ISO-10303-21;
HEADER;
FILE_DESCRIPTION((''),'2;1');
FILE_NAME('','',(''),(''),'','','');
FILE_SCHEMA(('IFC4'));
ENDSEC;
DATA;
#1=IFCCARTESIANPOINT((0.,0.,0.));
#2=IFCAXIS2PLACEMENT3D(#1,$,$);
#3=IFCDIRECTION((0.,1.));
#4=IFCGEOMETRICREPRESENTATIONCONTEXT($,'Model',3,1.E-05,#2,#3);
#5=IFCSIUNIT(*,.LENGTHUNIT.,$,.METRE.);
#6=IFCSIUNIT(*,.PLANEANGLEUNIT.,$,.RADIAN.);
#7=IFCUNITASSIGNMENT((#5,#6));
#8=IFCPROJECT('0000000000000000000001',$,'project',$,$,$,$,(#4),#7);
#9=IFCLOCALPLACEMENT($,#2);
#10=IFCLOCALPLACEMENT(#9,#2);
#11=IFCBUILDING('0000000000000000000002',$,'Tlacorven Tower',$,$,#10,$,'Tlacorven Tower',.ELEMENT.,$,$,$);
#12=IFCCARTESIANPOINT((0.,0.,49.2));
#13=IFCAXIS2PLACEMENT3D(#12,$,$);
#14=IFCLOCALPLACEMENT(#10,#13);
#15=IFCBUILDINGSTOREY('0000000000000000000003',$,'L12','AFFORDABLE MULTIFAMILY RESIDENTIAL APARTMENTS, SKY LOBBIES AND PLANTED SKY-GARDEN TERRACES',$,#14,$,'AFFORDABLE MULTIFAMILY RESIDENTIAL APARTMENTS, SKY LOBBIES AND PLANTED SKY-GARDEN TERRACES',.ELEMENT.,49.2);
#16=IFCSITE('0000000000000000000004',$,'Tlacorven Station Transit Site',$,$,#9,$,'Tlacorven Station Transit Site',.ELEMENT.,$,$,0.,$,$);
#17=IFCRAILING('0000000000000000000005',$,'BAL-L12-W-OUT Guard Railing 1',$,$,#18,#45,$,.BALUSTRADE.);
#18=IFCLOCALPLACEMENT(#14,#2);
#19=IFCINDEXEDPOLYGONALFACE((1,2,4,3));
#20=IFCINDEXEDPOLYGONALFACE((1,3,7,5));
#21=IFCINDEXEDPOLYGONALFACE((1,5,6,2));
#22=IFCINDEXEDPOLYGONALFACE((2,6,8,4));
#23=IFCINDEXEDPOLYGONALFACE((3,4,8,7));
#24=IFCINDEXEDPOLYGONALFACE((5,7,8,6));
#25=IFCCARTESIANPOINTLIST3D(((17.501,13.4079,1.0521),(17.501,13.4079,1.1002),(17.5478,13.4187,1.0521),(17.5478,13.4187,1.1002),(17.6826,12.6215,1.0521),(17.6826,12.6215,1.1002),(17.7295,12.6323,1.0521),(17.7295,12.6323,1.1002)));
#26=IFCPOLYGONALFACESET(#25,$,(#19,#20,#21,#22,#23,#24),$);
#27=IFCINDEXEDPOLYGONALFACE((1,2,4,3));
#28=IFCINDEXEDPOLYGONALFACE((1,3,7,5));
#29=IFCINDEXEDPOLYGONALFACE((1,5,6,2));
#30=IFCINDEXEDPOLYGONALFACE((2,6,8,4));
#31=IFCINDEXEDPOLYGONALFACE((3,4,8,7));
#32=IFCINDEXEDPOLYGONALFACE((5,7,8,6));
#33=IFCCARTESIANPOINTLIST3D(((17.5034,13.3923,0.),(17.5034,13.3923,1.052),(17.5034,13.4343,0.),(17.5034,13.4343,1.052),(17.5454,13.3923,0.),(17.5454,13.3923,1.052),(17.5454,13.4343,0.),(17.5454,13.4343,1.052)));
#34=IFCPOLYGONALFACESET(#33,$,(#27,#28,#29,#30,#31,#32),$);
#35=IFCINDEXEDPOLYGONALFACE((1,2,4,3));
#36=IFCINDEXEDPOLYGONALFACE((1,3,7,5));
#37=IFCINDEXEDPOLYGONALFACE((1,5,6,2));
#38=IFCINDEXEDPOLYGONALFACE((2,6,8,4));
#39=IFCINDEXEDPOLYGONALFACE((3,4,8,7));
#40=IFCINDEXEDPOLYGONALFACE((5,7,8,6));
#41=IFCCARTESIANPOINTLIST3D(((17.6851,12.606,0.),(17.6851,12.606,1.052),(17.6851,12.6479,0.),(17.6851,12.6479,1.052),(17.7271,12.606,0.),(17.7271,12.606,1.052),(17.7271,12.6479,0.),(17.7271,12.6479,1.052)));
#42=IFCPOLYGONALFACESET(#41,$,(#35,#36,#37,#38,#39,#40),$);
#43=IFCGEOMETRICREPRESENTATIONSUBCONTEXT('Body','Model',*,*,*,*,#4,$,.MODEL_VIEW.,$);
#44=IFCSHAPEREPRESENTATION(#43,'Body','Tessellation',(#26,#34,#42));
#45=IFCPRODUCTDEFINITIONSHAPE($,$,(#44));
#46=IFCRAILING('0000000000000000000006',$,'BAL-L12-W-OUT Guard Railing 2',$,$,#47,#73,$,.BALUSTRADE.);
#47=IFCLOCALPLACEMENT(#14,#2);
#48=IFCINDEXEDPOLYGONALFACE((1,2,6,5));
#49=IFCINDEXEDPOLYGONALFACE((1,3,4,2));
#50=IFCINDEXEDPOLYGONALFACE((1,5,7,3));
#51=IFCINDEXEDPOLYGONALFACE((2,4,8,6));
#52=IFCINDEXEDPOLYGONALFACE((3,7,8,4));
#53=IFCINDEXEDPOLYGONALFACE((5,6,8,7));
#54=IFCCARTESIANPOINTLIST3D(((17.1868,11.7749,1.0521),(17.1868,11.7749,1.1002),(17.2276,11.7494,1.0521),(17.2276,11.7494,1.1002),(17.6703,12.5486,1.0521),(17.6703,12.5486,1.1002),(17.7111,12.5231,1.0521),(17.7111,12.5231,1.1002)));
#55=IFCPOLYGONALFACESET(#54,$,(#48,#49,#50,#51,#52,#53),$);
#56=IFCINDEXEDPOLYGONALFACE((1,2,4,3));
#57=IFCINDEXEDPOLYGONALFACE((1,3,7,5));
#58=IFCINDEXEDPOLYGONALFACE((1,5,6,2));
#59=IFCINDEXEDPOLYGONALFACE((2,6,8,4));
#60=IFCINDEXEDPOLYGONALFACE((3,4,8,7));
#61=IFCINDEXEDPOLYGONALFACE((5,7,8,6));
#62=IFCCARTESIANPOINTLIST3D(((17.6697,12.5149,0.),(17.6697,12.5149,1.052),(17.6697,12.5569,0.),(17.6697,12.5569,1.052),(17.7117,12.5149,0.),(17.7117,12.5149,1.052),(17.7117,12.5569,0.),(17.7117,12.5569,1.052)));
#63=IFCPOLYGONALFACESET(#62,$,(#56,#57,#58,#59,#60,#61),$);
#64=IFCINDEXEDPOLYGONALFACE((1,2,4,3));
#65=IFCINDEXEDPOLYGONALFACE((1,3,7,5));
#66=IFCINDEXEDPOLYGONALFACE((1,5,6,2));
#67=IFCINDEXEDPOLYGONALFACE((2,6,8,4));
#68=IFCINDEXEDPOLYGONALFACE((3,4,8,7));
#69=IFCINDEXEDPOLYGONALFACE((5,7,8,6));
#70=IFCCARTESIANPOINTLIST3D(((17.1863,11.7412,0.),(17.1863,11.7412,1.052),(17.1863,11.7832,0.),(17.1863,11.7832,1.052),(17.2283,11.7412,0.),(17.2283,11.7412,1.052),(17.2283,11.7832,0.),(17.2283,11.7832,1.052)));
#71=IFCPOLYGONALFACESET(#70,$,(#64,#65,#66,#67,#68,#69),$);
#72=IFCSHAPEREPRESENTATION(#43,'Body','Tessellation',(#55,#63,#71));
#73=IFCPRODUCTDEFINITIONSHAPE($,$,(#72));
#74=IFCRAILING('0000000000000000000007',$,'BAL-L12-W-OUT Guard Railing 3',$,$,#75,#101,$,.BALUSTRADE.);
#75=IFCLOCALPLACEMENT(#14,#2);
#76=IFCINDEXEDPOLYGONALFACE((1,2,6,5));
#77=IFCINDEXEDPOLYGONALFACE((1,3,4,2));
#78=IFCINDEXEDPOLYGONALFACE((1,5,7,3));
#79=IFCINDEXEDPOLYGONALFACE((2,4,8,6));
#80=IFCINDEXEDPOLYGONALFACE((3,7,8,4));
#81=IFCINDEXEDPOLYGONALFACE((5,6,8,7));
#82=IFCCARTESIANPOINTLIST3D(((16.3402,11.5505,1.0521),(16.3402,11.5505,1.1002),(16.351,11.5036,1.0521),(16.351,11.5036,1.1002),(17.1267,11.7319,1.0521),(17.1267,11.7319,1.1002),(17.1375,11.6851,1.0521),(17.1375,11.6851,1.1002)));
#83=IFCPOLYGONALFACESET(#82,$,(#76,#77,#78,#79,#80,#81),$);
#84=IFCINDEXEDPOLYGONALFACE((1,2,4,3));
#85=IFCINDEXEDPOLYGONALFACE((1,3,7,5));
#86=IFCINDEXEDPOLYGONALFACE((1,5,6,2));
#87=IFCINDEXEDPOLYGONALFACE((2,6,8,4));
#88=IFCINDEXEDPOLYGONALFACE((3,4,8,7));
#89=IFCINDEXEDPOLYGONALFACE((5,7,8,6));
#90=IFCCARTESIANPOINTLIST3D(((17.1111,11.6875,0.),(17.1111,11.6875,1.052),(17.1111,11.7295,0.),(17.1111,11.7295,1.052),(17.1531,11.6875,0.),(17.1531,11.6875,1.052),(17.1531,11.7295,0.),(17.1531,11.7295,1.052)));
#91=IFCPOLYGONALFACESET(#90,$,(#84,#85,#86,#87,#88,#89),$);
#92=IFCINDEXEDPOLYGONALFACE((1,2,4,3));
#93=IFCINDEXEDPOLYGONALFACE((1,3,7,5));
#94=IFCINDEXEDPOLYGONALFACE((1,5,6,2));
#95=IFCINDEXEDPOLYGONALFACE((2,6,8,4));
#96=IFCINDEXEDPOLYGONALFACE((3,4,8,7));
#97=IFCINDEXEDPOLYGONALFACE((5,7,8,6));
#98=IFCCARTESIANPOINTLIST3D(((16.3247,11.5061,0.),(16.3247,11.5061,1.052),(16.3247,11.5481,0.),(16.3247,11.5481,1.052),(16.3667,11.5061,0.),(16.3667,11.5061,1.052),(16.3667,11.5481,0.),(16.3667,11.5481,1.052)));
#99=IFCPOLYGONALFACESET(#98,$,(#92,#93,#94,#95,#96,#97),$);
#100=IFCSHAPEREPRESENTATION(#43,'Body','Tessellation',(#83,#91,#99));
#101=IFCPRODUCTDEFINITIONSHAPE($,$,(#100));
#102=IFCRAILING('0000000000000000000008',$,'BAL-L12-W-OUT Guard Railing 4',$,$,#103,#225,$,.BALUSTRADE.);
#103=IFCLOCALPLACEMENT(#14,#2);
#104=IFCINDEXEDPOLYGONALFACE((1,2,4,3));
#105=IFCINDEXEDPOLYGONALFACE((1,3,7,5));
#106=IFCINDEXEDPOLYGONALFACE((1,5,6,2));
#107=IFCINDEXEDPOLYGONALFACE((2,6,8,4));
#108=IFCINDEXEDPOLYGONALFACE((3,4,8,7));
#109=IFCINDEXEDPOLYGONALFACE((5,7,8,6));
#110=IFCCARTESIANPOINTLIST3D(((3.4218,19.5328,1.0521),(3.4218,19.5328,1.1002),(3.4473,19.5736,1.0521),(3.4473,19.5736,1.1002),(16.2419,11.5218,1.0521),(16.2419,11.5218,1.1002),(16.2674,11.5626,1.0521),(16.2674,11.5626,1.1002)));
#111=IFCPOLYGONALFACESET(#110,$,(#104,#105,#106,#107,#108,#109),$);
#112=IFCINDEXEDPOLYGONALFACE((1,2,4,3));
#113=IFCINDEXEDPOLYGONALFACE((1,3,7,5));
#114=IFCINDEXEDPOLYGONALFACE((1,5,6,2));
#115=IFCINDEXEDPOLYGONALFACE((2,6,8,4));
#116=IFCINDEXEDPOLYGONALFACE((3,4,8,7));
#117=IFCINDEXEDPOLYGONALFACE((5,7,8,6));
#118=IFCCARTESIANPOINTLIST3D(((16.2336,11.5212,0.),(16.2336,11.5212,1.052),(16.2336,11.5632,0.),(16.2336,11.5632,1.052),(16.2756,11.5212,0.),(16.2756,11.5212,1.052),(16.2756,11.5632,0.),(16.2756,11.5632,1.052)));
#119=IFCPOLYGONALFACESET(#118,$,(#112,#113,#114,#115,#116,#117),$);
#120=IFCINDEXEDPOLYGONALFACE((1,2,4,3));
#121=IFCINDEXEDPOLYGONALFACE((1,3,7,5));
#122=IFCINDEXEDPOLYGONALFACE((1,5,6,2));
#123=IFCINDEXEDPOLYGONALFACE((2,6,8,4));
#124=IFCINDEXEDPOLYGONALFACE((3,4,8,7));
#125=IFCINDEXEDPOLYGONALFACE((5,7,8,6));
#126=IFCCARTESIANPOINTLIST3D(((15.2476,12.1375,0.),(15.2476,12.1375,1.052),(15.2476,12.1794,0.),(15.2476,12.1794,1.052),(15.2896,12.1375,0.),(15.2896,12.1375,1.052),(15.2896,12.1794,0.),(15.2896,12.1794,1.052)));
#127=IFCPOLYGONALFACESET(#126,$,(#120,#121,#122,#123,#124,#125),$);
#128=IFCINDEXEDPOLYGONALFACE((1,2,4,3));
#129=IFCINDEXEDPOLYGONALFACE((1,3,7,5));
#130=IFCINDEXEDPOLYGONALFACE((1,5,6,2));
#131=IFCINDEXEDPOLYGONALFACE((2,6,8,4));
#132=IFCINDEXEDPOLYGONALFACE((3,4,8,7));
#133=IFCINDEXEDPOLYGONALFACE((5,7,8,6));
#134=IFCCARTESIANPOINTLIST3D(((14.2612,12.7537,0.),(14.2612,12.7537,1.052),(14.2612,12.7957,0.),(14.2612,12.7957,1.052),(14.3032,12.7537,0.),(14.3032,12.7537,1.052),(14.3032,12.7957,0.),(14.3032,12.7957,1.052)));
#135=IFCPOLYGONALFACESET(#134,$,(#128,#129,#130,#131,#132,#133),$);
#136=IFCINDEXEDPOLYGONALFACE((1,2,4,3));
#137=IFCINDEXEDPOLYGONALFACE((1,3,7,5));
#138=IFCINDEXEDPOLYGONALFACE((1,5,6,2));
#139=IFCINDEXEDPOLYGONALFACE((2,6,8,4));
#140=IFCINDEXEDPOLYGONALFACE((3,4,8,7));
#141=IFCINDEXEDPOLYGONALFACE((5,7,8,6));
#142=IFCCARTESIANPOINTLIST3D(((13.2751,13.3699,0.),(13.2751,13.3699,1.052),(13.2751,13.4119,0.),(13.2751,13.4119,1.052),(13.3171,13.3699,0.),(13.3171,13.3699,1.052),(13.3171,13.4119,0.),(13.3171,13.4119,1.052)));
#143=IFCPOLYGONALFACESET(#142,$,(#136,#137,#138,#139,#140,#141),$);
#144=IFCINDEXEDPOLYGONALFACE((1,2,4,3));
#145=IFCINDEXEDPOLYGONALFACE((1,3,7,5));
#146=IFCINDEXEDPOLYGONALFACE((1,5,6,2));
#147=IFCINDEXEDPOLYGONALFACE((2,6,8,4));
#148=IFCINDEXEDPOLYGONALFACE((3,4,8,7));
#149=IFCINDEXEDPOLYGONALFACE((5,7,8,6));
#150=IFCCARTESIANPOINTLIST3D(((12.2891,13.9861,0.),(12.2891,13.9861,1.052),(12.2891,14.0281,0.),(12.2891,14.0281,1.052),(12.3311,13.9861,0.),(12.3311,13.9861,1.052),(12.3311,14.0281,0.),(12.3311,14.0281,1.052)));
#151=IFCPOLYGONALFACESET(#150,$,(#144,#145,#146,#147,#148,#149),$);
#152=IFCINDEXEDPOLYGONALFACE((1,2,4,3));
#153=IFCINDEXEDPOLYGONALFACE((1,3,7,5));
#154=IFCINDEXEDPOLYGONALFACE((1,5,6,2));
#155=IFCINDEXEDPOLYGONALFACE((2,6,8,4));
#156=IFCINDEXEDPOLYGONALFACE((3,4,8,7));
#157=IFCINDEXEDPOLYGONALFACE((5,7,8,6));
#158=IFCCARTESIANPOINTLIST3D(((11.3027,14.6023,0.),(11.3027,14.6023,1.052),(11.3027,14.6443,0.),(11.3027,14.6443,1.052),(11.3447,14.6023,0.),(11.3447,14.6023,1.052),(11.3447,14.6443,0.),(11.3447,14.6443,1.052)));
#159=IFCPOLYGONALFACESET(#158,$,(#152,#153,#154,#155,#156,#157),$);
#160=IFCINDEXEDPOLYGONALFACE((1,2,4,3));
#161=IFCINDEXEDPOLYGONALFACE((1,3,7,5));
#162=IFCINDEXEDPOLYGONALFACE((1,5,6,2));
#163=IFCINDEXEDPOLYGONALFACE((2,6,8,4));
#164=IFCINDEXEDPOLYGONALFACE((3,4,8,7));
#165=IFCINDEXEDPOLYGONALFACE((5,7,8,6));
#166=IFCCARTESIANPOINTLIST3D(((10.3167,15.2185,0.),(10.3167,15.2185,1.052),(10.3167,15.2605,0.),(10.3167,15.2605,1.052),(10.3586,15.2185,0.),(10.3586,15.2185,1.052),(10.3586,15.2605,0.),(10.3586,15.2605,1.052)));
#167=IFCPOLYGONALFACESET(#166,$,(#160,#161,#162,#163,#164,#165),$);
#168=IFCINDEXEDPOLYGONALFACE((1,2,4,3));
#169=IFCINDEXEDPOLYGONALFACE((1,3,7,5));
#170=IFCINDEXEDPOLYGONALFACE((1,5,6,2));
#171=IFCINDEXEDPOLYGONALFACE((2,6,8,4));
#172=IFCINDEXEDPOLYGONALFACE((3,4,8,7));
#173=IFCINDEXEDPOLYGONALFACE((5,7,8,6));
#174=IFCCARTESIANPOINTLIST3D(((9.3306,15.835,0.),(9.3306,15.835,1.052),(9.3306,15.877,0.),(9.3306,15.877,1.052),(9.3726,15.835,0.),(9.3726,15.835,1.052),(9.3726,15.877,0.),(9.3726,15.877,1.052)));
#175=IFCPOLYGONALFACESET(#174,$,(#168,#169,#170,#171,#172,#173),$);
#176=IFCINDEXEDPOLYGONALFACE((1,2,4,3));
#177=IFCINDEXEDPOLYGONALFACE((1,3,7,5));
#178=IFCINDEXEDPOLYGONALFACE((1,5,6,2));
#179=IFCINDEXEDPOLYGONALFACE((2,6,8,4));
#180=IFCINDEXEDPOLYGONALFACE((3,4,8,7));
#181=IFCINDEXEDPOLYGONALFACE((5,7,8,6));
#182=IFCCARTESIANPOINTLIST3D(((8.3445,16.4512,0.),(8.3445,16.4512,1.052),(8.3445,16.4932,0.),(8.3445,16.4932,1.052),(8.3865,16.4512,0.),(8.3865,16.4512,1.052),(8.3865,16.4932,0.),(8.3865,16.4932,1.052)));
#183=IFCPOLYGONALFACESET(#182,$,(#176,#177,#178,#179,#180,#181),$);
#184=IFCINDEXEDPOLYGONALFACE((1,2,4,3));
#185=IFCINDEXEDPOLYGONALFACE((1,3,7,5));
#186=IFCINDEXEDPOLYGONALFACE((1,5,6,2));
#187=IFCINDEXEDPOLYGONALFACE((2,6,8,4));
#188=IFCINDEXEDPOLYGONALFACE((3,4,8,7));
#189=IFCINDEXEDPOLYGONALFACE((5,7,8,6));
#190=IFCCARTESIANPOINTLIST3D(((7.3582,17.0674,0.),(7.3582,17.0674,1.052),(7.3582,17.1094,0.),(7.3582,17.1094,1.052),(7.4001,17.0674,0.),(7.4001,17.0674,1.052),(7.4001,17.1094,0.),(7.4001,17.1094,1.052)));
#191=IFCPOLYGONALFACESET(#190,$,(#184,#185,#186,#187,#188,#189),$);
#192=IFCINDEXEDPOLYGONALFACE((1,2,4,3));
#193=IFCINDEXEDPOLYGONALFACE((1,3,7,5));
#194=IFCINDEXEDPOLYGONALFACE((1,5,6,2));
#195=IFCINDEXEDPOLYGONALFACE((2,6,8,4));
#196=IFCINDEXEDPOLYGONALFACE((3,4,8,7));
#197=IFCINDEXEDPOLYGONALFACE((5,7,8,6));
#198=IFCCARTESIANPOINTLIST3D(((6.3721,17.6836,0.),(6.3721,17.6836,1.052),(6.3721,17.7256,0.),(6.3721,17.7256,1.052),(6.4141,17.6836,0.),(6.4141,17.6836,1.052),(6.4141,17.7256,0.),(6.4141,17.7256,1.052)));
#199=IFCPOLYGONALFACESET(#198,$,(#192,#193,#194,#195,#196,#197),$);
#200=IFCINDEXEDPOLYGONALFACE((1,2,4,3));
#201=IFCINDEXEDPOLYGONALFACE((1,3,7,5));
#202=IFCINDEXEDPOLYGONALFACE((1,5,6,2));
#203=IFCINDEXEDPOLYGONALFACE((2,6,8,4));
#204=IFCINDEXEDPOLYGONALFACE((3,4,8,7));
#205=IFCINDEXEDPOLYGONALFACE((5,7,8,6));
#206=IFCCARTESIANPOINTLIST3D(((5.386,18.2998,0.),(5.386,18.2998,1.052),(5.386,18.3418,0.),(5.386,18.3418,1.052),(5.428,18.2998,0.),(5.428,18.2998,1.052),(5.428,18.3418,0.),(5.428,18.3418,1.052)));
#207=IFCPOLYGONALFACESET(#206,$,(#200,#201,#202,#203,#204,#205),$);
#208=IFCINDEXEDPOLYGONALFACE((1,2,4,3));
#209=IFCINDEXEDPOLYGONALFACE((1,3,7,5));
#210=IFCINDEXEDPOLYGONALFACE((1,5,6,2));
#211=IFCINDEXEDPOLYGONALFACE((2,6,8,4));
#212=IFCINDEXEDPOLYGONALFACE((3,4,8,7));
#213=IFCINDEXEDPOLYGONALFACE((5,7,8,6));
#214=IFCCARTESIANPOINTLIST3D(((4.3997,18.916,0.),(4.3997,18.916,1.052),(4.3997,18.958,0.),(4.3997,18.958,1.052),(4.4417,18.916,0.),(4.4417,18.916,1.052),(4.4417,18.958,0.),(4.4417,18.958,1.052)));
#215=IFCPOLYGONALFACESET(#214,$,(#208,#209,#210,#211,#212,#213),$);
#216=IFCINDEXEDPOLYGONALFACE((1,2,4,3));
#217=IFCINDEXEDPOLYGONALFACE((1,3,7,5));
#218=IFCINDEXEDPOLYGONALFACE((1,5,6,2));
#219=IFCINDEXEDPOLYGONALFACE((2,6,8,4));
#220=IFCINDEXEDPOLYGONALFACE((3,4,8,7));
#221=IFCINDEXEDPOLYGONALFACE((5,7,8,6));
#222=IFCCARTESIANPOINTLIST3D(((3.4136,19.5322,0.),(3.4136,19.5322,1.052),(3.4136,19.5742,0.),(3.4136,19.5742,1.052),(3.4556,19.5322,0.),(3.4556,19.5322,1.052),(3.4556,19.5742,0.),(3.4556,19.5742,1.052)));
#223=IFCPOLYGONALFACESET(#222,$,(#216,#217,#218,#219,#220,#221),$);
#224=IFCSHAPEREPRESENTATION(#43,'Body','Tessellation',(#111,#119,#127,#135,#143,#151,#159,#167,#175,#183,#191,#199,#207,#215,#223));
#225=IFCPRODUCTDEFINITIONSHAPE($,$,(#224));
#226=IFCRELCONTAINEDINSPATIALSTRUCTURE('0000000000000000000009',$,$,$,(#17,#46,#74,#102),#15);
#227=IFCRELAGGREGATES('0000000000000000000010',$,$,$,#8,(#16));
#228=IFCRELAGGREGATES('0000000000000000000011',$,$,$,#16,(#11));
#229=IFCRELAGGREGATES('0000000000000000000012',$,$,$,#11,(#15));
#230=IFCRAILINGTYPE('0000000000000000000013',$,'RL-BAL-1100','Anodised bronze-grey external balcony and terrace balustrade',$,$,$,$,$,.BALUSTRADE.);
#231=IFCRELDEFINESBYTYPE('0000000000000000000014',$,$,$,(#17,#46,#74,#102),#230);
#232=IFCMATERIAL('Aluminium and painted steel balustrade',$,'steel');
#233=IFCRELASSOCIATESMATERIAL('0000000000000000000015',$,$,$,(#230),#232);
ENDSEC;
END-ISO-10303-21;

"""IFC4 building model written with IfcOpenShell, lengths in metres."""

from ifc_helpers import new_model, si_unit, direction, frame, origin, origin_2d, place, context, subcontext, project, spatial, rectangle, extrude, source, transform, mapped, material, type_object, element, save


model = new_model("IFC4")

# Units and contexts
model_context = context("Model", 3, precision=1e-05, world=origin(), true_north=direction((0.0, 1.0)))
body_context = subcontext(model_context, "Body", "Model", "MODEL_VIEW")
ifc_project = project(units=[si_unit("LENGTHUNIT", "METRE"), si_unit("PLANEANGLEUNIT", "RADIAN")], contexts=[model_context])

# Site, building, storey
site_placement = place(None, origin())
site = spatial("IfcSite", under=ifc_project, at=site_placement, Name="Tlacorven Station Transit Site", LongName="Tlacorven Station Transit Site", CompositionType="ELEMENT", RefElevation=0.0)
building_placement = place(site_placement, origin())
building = spatial("IfcBuilding", under=site, at=building_placement, Name="Tlacorven Tower", LongName="Tlacorven Tower", CompositionType="ELEMENT")
storey_placement = place(building_placement, frame((0.0, 0.0, 49.2)))
storey = spatial("IfcBuildingStorey", under=building, at=storey_placement, Name="L12", Description="AFFORDABLE MULTIFAMILY RESIDENTIAL APARTMENTS, SKY LOBBIES AND PLANTED SKY-GARDEN TERRACES", LongName="AFFORDABLE MULTIFAMILY RESIDENTIAL APARTMENTS, SKY LOBBIES AND PLANTED SKY-GARDEN TERRACES", CompositionType="ELEMENT", Elevation=49.2)

# Railings
ifc_material_1 = material(Name="Aluminium and painted steel balustrade", Category="steel")
railing_type = type_object("IfcRailingType", Name="RL-BAL-1100", Description="Anodised bronze-grey external balcony and terrace balustrade", PredefinedType="BALUSTRADE", material=ifc_material_1)
shared_shape_1 = source(origin(), body_context, "Body", "SweptSolid", [
    extrude(rectangle(XDim=0.0481, YDim=0.0481, at=origin_2d()), frame((0.0, 0.0, 1.0762), z_axis=(0.225058, -0.974345, 0.0), x_axis=(0.974345, 0.225058, 0.0)), (0.0, 0.0, 1.0), 0.8071),
    extrude(rectangle(XDim=0.042, YDim=0.042, at=origin_2d()), origin(), (0.0, 0.0, 1.0), 1.052),
    extrude(rectangle(XDim=0.042, YDim=0.042, at=origin_2d()), frame((0.1816, -0.7864, 0.0)), (0.0, 0.0, 1.0), 1.052),
])
railing_1_placement = place(storey_placement, frame((17.5244, 13.4133, 0.0)))
element("IfcRailing", 1, at=railing_1_placement, inside=storey, type_object=railing_type, Name="BAL-L12-W-OUT Guard Railing 1", PredefinedType="BALUSTRADE", context=body_context, shape_type="MappedRepresentation", body=[
    mapped(shared_shape_1, transform((0.0, 0.0, 0.0), scale=1.0)),
])
shared_shape_2 = source(origin(), body_context, "Body", "SweptSolid", [
    extrude(rectangle(XDim=0.0481, YDim=0.0481, at=origin_2d()), frame((0.0, 0.0, 1.0762), z_axis=(-0.529879, -0.848073, 0.0), x_axis=(0.848073, -0.529879, 0.0)), (0.0, 0.0, 1.0), 0.9124),
    extrude(rectangle(XDim=0.042, YDim=0.042, at=origin_2d()), origin(), (0.0, 0.0, 1.0), 1.052),
    extrude(rectangle(XDim=0.042, YDim=0.042, at=origin_2d()), frame((-0.4834, -0.7737, 0.0)), (0.0, 0.0, 1.0), 1.052),
])
railing_2_placement = place(storey_placement, frame((17.6907, 12.5359, 0.0)))
element("IfcRailing", 2, at=railing_2_placement, inside=storey, type_object=railing_type, Name="BAL-L12-W-OUT Guard Railing 2", PredefinedType="BALUSTRADE", context=body_context, shape_type="MappedRepresentation", body=[
    mapped(shared_shape_2, transform((0.0, 0.0, 0.0), scale=1.0)),
])
shared_shape_3 = source(origin(), body_context, "Body", "SweptSolid", [
    extrude(rectangle(XDim=0.0481, YDim=0.0481, at=origin_2d()), frame((0.0, 0.0, 1.0762), z_axis=(-0.974412, -0.224771, 0.0), x_axis=(0.224771, -0.974412, 0.0)), (0.0, 0.0, 1.0), 0.8071),
    extrude(rectangle(XDim=0.042, YDim=0.042, at=origin_2d()), origin(), (0.0, 0.0, 1.0), 1.052),
    extrude(rectangle(XDim=0.042, YDim=0.042, at=origin_2d()), frame((-0.7864, -0.1814, 0.0)), (0.0, 0.0, 1.0), 1.052),
])
railing_3_placement = place(storey_placement, frame((17.1321, 11.7085, 0.0)))
element("IfcRailing", 3, at=railing_3_placement, inside=storey, type_object=railing_type, Name="BAL-L12-W-OUT Guard Railing 3", PredefinedType="BALUSTRADE", context=body_context, shape_type="MappedRepresentation", body=[
    mapped(shared_shape_3, transform((0.0, 0.0, 0.0), scale=1.0)),
])
shared_shape_4 = source(origin(), body_context, "Body", "SweptSolid", [
    extrude(rectangle(XDim=0.0481, YDim=0.0481, at=origin_2d()), frame((0.0, 0.0, 1.0762), z_axis=(-0.848045, 0.529925, 0.0), x_axis=(-0.529925, -0.848045, 0.0)), (0.0, 0.0, 1.0), 15.1172),
    extrude(rectangle(XDim=0.042, YDim=0.042, at=origin_2d()), origin(), (0.0, 0.0, 1.0), 1.052),
    extrude(rectangle(XDim=0.042, YDim=0.042, at=origin_2d()), frame((-0.9861, 0.6162, 0.0)), (0.0, 0.0, 1.0), 1.052),
    extrude(rectangle(XDim=0.042, YDim=0.042, at=origin_2d()), frame((-1.9724, 1.2324, 0.0)), (0.0, 0.0, 1.0), 1.052),
    extrude(rectangle(XDim=0.042, YDim=0.042, at=origin_2d()), frame((-2.9585, 1.8486, 0.0)), (0.0, 0.0, 1.0), 1.052),
    extrude(rectangle(XDim=0.042, YDim=0.042, at=origin_2d()), frame((-3.9446, 2.4648, 0.0)), (0.0, 0.0, 1.0), 1.052),
    extrude(rectangle(XDim=0.042, YDim=0.042, at=origin_2d()), frame((-4.9309, 3.0811, 0.0)), (0.0, 0.0, 1.0), 1.052),
    extrude(rectangle(XDim=0.042, YDim=0.042, at=origin_2d()), frame((-5.917, 3.6973, 0.0)), (0.0, 0.0, 1.0), 1.052),
    extrude(rectangle(XDim=0.042, YDim=0.042, at=origin_2d()), frame((-6.9031, 4.3137, 0.0)), (0.0, 0.0, 1.0), 1.052),
    extrude(rectangle(XDim=0.042, YDim=0.042, at=origin_2d()), frame((-7.8892, 4.9299, 0.0)), (0.0, 0.0, 1.0), 1.052),
    extrude(rectangle(XDim=0.042, YDim=0.042, at=origin_2d()), frame((-8.8755, 5.5461, 0.0)), (0.0, 0.0, 1.0), 1.052),
    extrude(rectangle(XDim=0.042, YDim=0.042, at=origin_2d()), frame((-9.8616, 6.1624, 0.0)), (0.0, 0.0, 1.0), 1.052),
    extrude(rectangle(XDim=0.042, YDim=0.042, at=origin_2d()), frame((-10.8477, 6.7786, 0.0)), (0.0, 0.0, 1.0), 1.052),
    extrude(rectangle(XDim=0.042, YDim=0.042, at=origin_2d()), frame((-11.834, 7.3948, 0.0)), (0.0, 0.0, 1.0), 1.052),
    extrude(rectangle(XDim=0.042, YDim=0.042, at=origin_2d()), frame((-12.8201, 8.011, 0.0)), (0.0, 0.0, 1.0), 1.052),
])
railing_4_placement = place(storey_placement, frame((16.2546, 11.5422, 0.0)))
element("IfcRailing", 4, at=railing_4_placement, inside=storey, type_object=railing_type, Name="BAL-L12-W-OUT Guard Railing 4", PredefinedType="BALUSTRADE", context=body_context, shape_type="MappedRepresentation", body=[
    mapped(shared_shape_4, transform((0.0, 0.0, 0.0), scale=1.0)),
])

save(model, "model.ifc")
